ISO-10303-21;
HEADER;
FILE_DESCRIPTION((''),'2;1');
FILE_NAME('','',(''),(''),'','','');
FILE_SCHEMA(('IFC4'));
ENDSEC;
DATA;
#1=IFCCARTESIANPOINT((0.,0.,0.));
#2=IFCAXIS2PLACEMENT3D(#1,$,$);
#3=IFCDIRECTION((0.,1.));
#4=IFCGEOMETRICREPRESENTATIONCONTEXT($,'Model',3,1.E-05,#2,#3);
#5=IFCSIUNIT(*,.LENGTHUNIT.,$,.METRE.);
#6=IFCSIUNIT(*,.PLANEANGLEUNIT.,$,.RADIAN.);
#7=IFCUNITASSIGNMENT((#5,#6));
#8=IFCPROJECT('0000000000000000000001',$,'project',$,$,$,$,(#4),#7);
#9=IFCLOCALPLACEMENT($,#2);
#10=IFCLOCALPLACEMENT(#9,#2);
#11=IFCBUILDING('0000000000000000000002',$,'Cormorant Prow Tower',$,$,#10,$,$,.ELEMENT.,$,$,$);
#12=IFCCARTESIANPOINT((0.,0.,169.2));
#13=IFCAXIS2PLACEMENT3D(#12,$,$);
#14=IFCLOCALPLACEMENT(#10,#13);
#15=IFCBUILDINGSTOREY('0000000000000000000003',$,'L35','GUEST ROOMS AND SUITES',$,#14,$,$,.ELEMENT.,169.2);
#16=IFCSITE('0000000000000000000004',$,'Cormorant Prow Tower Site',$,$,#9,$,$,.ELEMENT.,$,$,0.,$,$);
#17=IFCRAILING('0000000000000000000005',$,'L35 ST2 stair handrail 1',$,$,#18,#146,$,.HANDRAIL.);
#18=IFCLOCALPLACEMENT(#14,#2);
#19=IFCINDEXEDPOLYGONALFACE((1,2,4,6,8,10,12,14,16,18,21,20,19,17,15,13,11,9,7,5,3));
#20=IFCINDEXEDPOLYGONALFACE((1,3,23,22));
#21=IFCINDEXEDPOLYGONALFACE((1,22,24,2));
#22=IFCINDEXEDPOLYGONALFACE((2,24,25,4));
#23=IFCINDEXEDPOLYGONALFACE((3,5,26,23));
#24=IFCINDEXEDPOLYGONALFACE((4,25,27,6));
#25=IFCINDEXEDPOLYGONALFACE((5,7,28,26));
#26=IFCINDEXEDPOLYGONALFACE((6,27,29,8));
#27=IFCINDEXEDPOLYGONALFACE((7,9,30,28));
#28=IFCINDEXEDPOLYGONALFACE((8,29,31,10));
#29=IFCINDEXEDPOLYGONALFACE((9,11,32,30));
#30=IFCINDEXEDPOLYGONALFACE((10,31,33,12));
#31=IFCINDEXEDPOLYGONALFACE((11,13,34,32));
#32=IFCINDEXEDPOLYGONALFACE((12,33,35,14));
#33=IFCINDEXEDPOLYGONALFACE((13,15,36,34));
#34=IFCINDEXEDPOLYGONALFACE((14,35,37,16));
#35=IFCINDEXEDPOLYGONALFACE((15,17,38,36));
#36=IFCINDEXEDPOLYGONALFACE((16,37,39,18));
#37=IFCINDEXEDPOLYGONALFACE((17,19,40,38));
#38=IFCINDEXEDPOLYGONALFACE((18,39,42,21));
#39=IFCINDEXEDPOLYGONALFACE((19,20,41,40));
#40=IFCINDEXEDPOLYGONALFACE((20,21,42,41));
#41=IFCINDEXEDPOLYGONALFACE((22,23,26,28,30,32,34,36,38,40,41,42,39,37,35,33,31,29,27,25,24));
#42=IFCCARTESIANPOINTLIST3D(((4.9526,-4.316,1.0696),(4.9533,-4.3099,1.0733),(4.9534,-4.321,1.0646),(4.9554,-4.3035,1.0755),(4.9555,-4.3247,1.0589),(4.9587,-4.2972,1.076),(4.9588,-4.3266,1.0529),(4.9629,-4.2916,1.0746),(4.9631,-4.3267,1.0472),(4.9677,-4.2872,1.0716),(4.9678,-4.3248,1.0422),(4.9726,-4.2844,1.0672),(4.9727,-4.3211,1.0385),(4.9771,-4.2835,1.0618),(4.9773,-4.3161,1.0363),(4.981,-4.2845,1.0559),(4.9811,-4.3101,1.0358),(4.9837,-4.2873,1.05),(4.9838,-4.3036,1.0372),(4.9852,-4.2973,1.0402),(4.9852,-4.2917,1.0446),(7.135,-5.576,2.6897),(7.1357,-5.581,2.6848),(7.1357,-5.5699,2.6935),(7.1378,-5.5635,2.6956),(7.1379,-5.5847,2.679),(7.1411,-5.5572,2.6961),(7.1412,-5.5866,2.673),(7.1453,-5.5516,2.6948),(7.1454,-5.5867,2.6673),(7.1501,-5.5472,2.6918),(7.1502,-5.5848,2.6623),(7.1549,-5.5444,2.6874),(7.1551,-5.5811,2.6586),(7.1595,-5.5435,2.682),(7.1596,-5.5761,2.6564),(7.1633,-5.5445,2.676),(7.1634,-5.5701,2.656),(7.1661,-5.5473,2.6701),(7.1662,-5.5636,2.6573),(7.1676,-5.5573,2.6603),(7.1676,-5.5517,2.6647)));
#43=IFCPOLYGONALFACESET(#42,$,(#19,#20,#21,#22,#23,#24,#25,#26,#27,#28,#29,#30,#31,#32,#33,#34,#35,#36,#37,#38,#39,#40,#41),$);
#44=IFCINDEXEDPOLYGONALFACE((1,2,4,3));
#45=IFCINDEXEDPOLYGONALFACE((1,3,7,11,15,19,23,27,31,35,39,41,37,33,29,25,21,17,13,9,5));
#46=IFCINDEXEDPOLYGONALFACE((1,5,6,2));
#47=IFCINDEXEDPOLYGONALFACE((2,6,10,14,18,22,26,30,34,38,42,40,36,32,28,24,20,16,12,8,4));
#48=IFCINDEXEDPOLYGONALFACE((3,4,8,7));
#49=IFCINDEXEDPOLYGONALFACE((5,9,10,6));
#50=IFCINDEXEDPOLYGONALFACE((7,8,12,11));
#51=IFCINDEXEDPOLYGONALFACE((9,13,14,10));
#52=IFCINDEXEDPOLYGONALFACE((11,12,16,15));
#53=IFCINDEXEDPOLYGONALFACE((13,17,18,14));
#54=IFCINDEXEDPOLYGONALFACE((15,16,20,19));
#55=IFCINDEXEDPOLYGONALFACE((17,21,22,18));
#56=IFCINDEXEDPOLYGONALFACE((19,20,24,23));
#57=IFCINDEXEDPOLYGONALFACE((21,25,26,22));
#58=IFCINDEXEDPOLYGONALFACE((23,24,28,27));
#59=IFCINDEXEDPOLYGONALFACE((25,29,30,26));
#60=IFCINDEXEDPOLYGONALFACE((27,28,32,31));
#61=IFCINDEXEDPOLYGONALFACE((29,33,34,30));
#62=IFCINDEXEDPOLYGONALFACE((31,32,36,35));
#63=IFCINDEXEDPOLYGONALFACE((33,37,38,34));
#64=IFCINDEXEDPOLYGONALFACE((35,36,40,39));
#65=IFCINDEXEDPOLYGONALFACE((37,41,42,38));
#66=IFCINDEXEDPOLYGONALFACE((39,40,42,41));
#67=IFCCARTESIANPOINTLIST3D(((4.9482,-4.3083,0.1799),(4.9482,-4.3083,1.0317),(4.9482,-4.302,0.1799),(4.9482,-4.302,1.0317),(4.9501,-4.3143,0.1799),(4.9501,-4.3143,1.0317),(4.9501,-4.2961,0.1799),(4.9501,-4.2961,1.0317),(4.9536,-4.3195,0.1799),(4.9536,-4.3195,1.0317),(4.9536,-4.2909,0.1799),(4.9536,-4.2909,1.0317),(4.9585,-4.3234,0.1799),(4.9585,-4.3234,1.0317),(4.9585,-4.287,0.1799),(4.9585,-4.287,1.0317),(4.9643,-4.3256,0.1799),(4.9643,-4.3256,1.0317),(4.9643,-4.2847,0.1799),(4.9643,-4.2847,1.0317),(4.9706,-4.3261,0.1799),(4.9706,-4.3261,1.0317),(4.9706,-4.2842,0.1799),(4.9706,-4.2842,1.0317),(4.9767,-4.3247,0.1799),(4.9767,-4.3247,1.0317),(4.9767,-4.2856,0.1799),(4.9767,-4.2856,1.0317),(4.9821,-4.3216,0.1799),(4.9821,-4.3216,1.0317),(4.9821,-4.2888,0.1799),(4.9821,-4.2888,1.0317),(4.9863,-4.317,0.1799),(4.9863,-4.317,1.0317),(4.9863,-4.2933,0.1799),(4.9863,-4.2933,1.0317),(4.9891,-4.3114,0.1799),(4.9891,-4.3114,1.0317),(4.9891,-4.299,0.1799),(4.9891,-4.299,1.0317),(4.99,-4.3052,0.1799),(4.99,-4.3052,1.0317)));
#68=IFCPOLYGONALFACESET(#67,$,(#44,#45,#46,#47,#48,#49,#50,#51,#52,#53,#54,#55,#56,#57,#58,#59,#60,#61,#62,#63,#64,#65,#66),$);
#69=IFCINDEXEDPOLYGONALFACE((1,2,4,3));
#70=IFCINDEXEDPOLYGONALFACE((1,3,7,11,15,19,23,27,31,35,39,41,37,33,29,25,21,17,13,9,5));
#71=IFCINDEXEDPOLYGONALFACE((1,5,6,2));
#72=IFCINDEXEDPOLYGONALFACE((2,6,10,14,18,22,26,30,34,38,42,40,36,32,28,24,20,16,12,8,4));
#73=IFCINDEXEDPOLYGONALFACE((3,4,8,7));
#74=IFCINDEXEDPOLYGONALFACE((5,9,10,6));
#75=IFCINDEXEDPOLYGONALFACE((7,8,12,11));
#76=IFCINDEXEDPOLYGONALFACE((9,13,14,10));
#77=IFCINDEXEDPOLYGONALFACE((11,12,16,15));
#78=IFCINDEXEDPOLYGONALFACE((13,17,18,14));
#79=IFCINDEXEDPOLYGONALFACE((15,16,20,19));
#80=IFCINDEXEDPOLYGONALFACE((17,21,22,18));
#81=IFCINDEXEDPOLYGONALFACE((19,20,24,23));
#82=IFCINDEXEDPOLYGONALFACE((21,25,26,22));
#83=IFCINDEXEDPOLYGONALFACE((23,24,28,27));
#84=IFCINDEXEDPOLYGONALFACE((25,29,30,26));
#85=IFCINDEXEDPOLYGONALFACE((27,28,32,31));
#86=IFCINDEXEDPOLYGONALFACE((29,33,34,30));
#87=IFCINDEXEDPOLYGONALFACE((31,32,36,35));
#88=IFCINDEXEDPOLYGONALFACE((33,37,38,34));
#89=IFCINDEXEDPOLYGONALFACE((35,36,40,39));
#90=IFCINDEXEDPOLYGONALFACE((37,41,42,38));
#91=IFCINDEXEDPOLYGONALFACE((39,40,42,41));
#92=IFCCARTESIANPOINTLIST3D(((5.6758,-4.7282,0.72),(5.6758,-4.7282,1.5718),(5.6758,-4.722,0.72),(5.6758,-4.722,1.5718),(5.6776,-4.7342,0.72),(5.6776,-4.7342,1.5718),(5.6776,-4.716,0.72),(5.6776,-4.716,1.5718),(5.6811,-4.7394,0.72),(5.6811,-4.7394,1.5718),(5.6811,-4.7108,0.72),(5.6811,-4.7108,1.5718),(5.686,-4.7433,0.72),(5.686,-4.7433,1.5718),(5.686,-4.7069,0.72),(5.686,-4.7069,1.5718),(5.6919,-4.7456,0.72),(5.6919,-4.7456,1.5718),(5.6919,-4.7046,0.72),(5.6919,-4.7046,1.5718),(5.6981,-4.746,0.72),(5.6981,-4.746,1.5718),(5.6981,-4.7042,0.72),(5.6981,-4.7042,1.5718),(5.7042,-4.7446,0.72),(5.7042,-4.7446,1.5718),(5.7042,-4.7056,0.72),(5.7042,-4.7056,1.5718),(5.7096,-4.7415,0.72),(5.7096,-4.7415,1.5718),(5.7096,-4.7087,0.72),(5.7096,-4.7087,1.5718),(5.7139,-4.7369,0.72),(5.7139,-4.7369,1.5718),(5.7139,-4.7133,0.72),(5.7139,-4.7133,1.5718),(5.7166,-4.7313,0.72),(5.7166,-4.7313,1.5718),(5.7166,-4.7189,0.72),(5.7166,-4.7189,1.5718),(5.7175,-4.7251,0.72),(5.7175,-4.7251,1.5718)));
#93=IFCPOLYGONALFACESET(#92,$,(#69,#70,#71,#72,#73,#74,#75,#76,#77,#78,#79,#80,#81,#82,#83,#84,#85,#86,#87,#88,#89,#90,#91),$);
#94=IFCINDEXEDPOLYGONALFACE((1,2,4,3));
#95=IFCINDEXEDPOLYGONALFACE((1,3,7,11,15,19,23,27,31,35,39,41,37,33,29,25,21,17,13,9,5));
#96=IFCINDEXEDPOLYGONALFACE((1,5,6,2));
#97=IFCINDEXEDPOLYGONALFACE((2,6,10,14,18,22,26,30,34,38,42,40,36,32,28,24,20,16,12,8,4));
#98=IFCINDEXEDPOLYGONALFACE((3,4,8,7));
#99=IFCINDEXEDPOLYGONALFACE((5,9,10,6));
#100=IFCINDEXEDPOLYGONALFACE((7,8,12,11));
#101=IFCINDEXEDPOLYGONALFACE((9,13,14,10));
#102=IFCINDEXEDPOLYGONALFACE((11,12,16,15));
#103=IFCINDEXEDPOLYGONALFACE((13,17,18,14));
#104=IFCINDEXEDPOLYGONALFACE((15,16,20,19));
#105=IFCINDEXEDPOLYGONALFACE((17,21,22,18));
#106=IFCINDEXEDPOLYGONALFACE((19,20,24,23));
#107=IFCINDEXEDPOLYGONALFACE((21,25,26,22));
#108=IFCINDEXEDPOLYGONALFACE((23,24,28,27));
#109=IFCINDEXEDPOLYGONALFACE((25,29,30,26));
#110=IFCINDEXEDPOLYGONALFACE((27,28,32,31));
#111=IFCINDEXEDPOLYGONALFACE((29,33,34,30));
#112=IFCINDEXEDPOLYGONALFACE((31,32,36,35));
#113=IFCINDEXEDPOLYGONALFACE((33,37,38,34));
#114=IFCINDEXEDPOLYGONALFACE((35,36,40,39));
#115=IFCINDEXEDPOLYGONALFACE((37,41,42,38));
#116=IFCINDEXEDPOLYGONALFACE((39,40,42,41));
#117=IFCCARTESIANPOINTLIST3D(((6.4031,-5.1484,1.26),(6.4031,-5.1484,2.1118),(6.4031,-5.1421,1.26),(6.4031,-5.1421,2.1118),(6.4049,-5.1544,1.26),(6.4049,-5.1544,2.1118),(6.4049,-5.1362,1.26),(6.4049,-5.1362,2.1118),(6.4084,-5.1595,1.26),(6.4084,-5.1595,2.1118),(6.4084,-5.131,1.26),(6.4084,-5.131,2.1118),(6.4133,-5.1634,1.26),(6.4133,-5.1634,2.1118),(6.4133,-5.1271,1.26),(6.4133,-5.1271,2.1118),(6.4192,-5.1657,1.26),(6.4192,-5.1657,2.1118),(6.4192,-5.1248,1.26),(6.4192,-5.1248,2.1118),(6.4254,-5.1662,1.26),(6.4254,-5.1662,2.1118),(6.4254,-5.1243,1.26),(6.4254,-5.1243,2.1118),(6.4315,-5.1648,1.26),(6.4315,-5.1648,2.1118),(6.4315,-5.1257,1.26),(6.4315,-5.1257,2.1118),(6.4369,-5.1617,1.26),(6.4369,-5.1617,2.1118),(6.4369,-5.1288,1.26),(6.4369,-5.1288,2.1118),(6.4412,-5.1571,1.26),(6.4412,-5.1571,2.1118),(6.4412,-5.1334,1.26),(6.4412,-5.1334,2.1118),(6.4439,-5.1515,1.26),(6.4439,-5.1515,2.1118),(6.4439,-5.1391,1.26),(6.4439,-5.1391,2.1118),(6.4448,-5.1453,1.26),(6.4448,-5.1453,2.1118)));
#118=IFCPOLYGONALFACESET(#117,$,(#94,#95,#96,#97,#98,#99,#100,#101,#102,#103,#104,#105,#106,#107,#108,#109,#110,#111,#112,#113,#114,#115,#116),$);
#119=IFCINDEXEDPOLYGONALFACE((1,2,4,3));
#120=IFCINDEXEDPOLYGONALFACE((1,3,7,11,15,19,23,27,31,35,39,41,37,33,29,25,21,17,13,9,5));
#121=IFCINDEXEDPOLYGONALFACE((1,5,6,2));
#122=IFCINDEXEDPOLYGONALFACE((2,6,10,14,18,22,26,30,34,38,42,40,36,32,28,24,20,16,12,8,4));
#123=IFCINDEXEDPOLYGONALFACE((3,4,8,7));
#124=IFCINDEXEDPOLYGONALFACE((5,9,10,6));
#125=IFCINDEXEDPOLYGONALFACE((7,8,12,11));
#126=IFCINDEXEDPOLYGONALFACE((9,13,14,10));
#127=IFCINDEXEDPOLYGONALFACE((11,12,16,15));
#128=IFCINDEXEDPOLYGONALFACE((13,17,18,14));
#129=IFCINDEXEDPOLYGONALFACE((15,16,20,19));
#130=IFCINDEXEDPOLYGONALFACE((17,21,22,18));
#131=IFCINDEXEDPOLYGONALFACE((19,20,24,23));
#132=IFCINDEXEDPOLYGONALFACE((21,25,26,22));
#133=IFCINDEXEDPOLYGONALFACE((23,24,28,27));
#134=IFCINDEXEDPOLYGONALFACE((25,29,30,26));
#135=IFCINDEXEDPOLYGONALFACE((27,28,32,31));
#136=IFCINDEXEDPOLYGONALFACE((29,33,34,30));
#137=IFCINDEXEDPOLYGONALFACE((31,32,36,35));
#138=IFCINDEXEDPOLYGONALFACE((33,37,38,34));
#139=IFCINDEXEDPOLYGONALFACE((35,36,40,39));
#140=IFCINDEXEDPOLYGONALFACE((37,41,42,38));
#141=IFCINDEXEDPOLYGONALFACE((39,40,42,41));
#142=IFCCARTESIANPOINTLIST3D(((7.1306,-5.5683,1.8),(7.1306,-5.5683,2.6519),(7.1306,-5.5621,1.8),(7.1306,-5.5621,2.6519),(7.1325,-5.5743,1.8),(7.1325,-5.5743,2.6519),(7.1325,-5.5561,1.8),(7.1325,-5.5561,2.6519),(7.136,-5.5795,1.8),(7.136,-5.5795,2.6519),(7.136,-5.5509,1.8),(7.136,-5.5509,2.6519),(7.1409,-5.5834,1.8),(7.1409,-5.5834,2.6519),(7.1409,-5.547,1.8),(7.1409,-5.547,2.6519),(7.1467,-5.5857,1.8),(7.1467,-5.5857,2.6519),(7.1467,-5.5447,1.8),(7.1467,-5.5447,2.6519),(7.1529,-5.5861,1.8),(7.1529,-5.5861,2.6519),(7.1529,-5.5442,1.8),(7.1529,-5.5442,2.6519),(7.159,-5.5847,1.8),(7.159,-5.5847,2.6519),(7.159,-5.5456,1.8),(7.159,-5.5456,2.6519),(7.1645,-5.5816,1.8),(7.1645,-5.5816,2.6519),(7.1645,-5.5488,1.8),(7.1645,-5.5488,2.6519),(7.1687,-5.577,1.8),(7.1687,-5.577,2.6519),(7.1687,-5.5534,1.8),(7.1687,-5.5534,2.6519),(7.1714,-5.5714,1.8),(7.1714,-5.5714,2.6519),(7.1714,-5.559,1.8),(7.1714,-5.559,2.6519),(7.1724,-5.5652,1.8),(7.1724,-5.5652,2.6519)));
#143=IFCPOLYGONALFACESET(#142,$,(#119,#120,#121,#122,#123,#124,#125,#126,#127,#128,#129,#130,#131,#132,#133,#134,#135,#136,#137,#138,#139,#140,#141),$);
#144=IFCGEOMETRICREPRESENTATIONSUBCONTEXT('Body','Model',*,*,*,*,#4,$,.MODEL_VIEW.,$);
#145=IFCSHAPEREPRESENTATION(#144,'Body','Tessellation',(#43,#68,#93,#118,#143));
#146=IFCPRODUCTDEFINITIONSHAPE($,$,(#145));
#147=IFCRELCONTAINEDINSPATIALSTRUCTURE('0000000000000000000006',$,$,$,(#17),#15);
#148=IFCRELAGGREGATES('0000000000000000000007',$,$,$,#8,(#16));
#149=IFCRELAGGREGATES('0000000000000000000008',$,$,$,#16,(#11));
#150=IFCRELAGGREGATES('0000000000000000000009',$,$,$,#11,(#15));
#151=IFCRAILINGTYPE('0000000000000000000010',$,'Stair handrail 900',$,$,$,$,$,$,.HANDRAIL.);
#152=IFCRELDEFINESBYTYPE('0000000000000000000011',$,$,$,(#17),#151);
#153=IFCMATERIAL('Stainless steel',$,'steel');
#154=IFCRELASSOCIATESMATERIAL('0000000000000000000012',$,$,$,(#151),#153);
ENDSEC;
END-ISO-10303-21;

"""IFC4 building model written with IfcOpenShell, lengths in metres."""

from ifc_helpers import new_model, si_unit, direction, frame, origin, origin_2d, place, context, subcontext, project, spatial, circle, extrude, material, type_object, element, save


model = new_model("IFC4")

# Units and contexts
model_context = context("Model", 3, precision=1e-05, world=origin(), true_north=direction((0.0, 1.0)))
body_context = subcontext(model_context, "Body", "Model", "MODEL_VIEW")
ifc_project = project(units=[si_unit("LENGTHUNIT", "METRE"), si_unit("PLANEANGLEUNIT", "RADIAN")], contexts=[model_context])

# Site, building, storey
site_placement = place(None, origin())
site = spatial("IfcSite", under=ifc_project, at=site_placement, Name="Cormorant Prow Tower Site", CompositionType="ELEMENT", RefElevation=0.0)
building_placement = place(site_placement, origin())
building = spatial("IfcBuilding", under=site, at=building_placement, Name="Cormorant Prow Tower", CompositionType="ELEMENT")
storey_placement = place(building_placement, frame((0.0, 0.0, 169.2)))
storey = spatial("IfcBuildingStorey", under=building, at=storey_placement, Name="L35", Description="GUEST ROOMS AND SUITES", CompositionType="ELEMENT", Elevation=169.2)

# Railing
ifc_material_1 = material(Name="Stainless steel", Category="steel")
railing_type_1 = type_object("IfcRailingType", Name="Stair handrail 900", PredefinedType="HANDRAIL", material=ifc_material_1)
railing_1_placement = place(storey_placement, frame((4.969, -4.3052, 0.1799)))
element("IfcRailing", 1, at=railing_1_placement, inside=storey, type_object=railing_type_1, Name="L35 ST2 stair handrail 1", PredefinedType="HANDRAIL", context=body_context, shape_type="SweptSolid", body=[
    extrude(circle(Radius=0.0239, at=origin_2d()), frame((0.0, 0.0, 0.876), z_axis=(0.728464, -0.420584, 0.540786), x_axis=(0.500005, 0.866023, 0.0)), (0.0, 0.0, 1.0), 2.9958),
    extrude(circle(Radius=0.021, at=origin_2d()), origin(), (0.0, 0.0, 1.0), 0.8518),
    extrude(circle(Radius=0.021, at=origin_2d()), frame((0.7275, -0.4199, 0.54)), (0.0, 0.0, 1.0), 0.8518),
    extrude(circle(Radius=0.021, at=origin_2d()), frame((1.4548, -0.8401, 1.0801)), (0.0, 0.0, 1.0), 0.8518),
    extrude(circle(Radius=0.021, at=origin_2d()), frame((2.1824, -1.26, 1.6201)), (0.0, 0.0, 1.0), 0.8518),
])

save(model, "model.ifc")
